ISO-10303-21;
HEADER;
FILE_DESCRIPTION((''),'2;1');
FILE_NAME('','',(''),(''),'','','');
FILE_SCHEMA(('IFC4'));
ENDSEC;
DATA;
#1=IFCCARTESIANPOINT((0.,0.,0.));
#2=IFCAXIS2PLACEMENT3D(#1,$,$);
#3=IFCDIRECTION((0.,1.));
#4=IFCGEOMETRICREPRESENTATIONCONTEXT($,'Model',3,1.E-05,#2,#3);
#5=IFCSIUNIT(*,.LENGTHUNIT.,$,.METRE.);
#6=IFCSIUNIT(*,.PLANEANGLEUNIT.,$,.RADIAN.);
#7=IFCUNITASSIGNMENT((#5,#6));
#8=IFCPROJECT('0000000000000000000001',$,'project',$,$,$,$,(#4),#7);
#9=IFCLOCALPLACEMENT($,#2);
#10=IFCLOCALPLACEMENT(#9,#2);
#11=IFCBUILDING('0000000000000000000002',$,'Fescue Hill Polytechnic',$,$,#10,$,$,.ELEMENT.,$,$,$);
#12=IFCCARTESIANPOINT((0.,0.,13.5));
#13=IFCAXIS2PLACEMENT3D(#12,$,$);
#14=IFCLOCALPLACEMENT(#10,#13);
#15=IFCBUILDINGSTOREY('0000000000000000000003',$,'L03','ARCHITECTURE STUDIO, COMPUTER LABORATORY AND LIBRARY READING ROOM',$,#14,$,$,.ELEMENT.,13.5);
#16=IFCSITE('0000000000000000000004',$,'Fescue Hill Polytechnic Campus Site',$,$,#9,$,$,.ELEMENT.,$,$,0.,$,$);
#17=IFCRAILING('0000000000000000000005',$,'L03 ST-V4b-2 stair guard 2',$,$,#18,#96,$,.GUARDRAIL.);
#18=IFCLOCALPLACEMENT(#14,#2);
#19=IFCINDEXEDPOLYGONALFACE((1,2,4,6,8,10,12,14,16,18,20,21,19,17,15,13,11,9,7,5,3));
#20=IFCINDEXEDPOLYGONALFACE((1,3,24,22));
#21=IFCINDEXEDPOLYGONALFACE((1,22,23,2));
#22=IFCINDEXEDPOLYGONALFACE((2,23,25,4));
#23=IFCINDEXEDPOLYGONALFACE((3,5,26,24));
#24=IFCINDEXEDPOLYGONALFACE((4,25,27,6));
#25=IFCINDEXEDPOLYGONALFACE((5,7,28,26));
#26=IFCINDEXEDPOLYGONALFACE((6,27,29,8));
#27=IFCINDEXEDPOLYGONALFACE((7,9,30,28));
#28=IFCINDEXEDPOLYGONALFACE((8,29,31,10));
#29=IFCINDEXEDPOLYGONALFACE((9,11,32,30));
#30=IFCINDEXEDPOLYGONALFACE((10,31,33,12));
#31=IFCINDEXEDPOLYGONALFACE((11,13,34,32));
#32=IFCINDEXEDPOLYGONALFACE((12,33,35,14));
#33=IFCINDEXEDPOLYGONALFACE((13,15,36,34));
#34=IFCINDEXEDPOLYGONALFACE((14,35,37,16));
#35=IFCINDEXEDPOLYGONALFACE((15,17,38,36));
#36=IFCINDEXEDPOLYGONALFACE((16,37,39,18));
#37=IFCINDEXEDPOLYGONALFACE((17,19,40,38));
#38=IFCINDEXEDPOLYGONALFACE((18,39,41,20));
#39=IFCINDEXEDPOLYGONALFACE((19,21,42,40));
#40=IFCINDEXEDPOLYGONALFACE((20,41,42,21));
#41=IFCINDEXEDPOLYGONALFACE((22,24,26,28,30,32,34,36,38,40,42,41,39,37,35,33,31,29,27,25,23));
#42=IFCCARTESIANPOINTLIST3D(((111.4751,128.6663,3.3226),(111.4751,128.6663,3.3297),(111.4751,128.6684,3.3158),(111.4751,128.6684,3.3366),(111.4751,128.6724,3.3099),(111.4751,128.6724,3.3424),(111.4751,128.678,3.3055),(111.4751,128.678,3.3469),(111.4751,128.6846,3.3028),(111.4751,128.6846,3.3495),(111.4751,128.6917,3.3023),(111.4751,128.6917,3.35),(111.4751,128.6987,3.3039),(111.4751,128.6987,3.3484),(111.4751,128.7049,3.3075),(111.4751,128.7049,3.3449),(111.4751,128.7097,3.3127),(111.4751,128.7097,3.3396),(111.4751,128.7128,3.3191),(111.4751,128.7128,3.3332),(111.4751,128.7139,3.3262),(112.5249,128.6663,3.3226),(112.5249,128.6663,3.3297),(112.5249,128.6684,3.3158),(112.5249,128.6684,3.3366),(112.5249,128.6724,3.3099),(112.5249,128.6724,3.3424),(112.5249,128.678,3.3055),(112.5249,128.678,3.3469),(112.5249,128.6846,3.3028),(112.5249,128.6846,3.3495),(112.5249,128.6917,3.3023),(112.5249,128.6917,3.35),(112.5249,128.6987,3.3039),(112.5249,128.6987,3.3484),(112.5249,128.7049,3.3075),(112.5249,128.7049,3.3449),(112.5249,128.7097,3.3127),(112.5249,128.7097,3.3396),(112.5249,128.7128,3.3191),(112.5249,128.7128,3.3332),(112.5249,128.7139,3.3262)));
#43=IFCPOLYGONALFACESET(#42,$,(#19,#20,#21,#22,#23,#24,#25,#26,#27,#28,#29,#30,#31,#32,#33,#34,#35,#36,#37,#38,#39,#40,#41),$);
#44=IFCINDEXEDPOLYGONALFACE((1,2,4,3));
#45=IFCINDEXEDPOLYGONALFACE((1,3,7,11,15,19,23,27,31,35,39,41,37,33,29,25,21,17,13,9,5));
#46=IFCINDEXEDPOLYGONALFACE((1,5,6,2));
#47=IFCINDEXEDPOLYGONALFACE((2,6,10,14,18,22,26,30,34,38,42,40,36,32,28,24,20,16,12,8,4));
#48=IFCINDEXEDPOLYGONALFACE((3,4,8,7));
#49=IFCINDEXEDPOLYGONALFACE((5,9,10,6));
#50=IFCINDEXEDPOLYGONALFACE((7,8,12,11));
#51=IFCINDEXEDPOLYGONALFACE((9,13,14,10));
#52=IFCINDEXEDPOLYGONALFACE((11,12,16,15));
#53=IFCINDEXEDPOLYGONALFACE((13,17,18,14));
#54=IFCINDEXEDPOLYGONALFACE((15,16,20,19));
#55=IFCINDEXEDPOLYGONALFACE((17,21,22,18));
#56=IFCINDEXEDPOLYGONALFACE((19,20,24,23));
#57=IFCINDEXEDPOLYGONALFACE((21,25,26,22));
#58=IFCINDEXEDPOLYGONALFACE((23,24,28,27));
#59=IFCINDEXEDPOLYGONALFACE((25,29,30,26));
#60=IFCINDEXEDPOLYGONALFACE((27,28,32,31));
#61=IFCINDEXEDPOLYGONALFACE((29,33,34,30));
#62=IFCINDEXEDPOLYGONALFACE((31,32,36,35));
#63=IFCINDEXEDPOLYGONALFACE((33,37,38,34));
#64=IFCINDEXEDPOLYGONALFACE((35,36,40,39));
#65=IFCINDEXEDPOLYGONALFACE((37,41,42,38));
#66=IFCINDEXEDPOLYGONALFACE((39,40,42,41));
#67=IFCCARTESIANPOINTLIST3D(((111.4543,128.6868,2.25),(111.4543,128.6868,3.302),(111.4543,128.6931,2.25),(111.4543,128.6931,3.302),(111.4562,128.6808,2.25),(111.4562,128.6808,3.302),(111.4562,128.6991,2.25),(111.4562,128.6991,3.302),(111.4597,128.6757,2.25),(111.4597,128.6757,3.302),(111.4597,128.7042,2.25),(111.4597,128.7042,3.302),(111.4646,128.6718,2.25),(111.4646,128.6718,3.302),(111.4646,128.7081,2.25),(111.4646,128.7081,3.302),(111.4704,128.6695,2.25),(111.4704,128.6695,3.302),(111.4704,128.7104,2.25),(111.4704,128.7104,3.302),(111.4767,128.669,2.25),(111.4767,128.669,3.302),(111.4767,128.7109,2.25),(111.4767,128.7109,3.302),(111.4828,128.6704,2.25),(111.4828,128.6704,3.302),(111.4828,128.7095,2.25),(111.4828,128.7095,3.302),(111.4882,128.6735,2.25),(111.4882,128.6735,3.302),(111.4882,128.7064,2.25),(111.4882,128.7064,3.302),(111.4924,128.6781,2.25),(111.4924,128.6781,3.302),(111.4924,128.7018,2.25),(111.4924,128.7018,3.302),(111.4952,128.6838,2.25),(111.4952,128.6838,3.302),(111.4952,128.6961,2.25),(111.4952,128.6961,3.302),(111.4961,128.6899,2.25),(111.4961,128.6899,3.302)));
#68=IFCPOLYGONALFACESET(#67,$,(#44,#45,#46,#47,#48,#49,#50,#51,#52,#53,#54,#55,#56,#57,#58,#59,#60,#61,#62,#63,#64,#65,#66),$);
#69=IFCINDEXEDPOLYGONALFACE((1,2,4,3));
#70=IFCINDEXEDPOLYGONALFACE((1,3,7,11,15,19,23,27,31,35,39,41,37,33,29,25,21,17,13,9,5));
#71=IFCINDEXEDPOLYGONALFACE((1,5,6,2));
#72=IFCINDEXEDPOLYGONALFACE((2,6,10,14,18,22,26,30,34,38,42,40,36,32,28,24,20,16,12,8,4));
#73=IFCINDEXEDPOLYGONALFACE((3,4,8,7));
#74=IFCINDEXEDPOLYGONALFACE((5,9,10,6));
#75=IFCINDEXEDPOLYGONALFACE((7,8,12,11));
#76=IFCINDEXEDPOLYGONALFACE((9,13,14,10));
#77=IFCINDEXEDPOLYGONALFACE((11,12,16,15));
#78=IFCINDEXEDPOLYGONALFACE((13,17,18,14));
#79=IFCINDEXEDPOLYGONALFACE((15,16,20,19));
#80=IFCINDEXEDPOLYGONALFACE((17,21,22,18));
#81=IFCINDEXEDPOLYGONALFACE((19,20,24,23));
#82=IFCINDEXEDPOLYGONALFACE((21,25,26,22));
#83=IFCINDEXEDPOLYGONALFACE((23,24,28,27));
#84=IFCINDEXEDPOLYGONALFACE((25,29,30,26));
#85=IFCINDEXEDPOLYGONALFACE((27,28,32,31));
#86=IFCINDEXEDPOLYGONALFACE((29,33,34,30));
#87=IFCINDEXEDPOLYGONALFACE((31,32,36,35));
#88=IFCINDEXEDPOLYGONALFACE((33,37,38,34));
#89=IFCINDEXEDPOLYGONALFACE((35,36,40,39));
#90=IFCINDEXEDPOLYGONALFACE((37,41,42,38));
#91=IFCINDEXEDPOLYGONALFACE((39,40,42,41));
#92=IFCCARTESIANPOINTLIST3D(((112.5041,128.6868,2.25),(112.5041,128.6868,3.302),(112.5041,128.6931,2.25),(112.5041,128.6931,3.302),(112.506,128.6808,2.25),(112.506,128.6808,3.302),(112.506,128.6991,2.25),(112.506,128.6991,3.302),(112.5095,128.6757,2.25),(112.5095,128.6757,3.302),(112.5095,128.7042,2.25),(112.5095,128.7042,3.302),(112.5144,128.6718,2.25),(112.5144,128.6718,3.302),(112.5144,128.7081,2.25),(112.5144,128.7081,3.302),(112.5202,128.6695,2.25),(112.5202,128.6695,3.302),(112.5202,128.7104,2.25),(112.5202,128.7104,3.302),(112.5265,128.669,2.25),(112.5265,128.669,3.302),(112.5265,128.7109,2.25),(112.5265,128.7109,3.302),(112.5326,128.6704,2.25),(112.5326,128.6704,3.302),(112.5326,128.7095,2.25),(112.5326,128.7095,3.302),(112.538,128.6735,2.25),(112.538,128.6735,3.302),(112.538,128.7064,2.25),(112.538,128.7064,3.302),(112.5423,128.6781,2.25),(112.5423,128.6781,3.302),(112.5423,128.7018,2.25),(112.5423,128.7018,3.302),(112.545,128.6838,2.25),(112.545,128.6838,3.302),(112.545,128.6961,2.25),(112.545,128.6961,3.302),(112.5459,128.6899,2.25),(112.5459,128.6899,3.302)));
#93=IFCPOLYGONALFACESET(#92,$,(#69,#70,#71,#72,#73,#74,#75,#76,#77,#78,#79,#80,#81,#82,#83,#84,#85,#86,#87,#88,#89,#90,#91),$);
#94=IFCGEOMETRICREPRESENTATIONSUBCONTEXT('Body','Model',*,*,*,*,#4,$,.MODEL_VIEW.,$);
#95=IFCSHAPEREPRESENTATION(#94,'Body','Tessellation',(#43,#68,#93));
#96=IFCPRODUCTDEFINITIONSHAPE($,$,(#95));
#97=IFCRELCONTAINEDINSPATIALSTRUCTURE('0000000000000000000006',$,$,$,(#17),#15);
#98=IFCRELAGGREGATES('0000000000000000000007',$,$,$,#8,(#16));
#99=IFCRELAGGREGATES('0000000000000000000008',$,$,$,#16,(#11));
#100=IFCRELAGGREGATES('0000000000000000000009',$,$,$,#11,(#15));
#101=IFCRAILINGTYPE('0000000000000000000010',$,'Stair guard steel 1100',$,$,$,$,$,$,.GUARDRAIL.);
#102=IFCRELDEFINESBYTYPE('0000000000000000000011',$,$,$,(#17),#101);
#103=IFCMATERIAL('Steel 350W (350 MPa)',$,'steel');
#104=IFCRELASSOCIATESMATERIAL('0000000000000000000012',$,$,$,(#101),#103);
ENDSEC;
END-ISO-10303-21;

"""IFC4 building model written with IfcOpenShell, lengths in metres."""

from ifc_helpers import new_model, si_unit, direction, frame, origin, origin_2d, place, context, subcontext, project, spatial, circle, extrude, material, type_object, element, save


model = new_model("IFC4")

# Units and contexts
model_context = context("Model", 3, precision=1e-05, world=origin(), true_north=direction((0.0, 1.0)))
body_context = subcontext(model_context, "Body", "Model", "MODEL_VIEW")
ifc_project = project(units=[si_unit("LENGTHUNIT", "METRE"), si_unit("PLANEANGLEUNIT", "RADIAN")], contexts=[model_context])

# Site, building, storey
site_placement = place(None, origin())
site = spatial("IfcSite", under=ifc_project, at=site_placement, Name="Fescue Hill Polytechnic Campus Site", CompositionType="ELEMENT", RefElevation=0.0)
building_placement = place(site_placement, origin())
building = spatial("IfcBuilding", under=site, at=building_placement, Name="Fescue Hill Polytechnic", CompositionType="ELEMENT")
storey_placement = place(building_placement, frame((0.0, 0.0, 13.5)))
storey = spatial("IfcBuildingStorey", under=building, at=storey_placement, Name="L03", Description="ARCHITECTURE STUDIO, COMPUTER LABORATORY AND LIBRARY READING ROOM", CompositionType="ELEMENT", Elevation=13.5)

# Railing
ifc_material_1 = material(Name="Steel 350W (350 MPa)", Category="steel")
railing_type = type_object("IfcRailingType", Name="Stair guard steel 1100", PredefinedType="GUARDRAIL", material=ifc_material_1)
railing_1_placement = place(storey_placement, frame((111.4751, 128.6899, 2.25)))
element("IfcRailing", 1, at=railing_1_placement, inside=storey, type_object=railing_type, Name="L03 ST-V4b-2 stair guard 2", PredefinedType="GUARDRAIL", context=body_context, shape_type="SweptSolid", body=[
    extrude(circle(Radius=0.0239, at=origin_2d()), frame((0.0, 0.0, 1.0762), z_axis=(1.0, 0.0, 0.0), x_axis=(0.0, 1.0, 0.0)), (0.0, 0.0, 1.0), 1.0498),
    extrude(circle(Radius=0.021, at=origin_2d()), origin(), (0.0, 0.0, 1.0), 1.052),
    extrude(circle(Radius=0.021, at=origin_2d()), frame((1.0498, 0.0, 0.0)), (0.0, 0.0, 1.0), 1.052),
])

save(model, "model.ifc")
